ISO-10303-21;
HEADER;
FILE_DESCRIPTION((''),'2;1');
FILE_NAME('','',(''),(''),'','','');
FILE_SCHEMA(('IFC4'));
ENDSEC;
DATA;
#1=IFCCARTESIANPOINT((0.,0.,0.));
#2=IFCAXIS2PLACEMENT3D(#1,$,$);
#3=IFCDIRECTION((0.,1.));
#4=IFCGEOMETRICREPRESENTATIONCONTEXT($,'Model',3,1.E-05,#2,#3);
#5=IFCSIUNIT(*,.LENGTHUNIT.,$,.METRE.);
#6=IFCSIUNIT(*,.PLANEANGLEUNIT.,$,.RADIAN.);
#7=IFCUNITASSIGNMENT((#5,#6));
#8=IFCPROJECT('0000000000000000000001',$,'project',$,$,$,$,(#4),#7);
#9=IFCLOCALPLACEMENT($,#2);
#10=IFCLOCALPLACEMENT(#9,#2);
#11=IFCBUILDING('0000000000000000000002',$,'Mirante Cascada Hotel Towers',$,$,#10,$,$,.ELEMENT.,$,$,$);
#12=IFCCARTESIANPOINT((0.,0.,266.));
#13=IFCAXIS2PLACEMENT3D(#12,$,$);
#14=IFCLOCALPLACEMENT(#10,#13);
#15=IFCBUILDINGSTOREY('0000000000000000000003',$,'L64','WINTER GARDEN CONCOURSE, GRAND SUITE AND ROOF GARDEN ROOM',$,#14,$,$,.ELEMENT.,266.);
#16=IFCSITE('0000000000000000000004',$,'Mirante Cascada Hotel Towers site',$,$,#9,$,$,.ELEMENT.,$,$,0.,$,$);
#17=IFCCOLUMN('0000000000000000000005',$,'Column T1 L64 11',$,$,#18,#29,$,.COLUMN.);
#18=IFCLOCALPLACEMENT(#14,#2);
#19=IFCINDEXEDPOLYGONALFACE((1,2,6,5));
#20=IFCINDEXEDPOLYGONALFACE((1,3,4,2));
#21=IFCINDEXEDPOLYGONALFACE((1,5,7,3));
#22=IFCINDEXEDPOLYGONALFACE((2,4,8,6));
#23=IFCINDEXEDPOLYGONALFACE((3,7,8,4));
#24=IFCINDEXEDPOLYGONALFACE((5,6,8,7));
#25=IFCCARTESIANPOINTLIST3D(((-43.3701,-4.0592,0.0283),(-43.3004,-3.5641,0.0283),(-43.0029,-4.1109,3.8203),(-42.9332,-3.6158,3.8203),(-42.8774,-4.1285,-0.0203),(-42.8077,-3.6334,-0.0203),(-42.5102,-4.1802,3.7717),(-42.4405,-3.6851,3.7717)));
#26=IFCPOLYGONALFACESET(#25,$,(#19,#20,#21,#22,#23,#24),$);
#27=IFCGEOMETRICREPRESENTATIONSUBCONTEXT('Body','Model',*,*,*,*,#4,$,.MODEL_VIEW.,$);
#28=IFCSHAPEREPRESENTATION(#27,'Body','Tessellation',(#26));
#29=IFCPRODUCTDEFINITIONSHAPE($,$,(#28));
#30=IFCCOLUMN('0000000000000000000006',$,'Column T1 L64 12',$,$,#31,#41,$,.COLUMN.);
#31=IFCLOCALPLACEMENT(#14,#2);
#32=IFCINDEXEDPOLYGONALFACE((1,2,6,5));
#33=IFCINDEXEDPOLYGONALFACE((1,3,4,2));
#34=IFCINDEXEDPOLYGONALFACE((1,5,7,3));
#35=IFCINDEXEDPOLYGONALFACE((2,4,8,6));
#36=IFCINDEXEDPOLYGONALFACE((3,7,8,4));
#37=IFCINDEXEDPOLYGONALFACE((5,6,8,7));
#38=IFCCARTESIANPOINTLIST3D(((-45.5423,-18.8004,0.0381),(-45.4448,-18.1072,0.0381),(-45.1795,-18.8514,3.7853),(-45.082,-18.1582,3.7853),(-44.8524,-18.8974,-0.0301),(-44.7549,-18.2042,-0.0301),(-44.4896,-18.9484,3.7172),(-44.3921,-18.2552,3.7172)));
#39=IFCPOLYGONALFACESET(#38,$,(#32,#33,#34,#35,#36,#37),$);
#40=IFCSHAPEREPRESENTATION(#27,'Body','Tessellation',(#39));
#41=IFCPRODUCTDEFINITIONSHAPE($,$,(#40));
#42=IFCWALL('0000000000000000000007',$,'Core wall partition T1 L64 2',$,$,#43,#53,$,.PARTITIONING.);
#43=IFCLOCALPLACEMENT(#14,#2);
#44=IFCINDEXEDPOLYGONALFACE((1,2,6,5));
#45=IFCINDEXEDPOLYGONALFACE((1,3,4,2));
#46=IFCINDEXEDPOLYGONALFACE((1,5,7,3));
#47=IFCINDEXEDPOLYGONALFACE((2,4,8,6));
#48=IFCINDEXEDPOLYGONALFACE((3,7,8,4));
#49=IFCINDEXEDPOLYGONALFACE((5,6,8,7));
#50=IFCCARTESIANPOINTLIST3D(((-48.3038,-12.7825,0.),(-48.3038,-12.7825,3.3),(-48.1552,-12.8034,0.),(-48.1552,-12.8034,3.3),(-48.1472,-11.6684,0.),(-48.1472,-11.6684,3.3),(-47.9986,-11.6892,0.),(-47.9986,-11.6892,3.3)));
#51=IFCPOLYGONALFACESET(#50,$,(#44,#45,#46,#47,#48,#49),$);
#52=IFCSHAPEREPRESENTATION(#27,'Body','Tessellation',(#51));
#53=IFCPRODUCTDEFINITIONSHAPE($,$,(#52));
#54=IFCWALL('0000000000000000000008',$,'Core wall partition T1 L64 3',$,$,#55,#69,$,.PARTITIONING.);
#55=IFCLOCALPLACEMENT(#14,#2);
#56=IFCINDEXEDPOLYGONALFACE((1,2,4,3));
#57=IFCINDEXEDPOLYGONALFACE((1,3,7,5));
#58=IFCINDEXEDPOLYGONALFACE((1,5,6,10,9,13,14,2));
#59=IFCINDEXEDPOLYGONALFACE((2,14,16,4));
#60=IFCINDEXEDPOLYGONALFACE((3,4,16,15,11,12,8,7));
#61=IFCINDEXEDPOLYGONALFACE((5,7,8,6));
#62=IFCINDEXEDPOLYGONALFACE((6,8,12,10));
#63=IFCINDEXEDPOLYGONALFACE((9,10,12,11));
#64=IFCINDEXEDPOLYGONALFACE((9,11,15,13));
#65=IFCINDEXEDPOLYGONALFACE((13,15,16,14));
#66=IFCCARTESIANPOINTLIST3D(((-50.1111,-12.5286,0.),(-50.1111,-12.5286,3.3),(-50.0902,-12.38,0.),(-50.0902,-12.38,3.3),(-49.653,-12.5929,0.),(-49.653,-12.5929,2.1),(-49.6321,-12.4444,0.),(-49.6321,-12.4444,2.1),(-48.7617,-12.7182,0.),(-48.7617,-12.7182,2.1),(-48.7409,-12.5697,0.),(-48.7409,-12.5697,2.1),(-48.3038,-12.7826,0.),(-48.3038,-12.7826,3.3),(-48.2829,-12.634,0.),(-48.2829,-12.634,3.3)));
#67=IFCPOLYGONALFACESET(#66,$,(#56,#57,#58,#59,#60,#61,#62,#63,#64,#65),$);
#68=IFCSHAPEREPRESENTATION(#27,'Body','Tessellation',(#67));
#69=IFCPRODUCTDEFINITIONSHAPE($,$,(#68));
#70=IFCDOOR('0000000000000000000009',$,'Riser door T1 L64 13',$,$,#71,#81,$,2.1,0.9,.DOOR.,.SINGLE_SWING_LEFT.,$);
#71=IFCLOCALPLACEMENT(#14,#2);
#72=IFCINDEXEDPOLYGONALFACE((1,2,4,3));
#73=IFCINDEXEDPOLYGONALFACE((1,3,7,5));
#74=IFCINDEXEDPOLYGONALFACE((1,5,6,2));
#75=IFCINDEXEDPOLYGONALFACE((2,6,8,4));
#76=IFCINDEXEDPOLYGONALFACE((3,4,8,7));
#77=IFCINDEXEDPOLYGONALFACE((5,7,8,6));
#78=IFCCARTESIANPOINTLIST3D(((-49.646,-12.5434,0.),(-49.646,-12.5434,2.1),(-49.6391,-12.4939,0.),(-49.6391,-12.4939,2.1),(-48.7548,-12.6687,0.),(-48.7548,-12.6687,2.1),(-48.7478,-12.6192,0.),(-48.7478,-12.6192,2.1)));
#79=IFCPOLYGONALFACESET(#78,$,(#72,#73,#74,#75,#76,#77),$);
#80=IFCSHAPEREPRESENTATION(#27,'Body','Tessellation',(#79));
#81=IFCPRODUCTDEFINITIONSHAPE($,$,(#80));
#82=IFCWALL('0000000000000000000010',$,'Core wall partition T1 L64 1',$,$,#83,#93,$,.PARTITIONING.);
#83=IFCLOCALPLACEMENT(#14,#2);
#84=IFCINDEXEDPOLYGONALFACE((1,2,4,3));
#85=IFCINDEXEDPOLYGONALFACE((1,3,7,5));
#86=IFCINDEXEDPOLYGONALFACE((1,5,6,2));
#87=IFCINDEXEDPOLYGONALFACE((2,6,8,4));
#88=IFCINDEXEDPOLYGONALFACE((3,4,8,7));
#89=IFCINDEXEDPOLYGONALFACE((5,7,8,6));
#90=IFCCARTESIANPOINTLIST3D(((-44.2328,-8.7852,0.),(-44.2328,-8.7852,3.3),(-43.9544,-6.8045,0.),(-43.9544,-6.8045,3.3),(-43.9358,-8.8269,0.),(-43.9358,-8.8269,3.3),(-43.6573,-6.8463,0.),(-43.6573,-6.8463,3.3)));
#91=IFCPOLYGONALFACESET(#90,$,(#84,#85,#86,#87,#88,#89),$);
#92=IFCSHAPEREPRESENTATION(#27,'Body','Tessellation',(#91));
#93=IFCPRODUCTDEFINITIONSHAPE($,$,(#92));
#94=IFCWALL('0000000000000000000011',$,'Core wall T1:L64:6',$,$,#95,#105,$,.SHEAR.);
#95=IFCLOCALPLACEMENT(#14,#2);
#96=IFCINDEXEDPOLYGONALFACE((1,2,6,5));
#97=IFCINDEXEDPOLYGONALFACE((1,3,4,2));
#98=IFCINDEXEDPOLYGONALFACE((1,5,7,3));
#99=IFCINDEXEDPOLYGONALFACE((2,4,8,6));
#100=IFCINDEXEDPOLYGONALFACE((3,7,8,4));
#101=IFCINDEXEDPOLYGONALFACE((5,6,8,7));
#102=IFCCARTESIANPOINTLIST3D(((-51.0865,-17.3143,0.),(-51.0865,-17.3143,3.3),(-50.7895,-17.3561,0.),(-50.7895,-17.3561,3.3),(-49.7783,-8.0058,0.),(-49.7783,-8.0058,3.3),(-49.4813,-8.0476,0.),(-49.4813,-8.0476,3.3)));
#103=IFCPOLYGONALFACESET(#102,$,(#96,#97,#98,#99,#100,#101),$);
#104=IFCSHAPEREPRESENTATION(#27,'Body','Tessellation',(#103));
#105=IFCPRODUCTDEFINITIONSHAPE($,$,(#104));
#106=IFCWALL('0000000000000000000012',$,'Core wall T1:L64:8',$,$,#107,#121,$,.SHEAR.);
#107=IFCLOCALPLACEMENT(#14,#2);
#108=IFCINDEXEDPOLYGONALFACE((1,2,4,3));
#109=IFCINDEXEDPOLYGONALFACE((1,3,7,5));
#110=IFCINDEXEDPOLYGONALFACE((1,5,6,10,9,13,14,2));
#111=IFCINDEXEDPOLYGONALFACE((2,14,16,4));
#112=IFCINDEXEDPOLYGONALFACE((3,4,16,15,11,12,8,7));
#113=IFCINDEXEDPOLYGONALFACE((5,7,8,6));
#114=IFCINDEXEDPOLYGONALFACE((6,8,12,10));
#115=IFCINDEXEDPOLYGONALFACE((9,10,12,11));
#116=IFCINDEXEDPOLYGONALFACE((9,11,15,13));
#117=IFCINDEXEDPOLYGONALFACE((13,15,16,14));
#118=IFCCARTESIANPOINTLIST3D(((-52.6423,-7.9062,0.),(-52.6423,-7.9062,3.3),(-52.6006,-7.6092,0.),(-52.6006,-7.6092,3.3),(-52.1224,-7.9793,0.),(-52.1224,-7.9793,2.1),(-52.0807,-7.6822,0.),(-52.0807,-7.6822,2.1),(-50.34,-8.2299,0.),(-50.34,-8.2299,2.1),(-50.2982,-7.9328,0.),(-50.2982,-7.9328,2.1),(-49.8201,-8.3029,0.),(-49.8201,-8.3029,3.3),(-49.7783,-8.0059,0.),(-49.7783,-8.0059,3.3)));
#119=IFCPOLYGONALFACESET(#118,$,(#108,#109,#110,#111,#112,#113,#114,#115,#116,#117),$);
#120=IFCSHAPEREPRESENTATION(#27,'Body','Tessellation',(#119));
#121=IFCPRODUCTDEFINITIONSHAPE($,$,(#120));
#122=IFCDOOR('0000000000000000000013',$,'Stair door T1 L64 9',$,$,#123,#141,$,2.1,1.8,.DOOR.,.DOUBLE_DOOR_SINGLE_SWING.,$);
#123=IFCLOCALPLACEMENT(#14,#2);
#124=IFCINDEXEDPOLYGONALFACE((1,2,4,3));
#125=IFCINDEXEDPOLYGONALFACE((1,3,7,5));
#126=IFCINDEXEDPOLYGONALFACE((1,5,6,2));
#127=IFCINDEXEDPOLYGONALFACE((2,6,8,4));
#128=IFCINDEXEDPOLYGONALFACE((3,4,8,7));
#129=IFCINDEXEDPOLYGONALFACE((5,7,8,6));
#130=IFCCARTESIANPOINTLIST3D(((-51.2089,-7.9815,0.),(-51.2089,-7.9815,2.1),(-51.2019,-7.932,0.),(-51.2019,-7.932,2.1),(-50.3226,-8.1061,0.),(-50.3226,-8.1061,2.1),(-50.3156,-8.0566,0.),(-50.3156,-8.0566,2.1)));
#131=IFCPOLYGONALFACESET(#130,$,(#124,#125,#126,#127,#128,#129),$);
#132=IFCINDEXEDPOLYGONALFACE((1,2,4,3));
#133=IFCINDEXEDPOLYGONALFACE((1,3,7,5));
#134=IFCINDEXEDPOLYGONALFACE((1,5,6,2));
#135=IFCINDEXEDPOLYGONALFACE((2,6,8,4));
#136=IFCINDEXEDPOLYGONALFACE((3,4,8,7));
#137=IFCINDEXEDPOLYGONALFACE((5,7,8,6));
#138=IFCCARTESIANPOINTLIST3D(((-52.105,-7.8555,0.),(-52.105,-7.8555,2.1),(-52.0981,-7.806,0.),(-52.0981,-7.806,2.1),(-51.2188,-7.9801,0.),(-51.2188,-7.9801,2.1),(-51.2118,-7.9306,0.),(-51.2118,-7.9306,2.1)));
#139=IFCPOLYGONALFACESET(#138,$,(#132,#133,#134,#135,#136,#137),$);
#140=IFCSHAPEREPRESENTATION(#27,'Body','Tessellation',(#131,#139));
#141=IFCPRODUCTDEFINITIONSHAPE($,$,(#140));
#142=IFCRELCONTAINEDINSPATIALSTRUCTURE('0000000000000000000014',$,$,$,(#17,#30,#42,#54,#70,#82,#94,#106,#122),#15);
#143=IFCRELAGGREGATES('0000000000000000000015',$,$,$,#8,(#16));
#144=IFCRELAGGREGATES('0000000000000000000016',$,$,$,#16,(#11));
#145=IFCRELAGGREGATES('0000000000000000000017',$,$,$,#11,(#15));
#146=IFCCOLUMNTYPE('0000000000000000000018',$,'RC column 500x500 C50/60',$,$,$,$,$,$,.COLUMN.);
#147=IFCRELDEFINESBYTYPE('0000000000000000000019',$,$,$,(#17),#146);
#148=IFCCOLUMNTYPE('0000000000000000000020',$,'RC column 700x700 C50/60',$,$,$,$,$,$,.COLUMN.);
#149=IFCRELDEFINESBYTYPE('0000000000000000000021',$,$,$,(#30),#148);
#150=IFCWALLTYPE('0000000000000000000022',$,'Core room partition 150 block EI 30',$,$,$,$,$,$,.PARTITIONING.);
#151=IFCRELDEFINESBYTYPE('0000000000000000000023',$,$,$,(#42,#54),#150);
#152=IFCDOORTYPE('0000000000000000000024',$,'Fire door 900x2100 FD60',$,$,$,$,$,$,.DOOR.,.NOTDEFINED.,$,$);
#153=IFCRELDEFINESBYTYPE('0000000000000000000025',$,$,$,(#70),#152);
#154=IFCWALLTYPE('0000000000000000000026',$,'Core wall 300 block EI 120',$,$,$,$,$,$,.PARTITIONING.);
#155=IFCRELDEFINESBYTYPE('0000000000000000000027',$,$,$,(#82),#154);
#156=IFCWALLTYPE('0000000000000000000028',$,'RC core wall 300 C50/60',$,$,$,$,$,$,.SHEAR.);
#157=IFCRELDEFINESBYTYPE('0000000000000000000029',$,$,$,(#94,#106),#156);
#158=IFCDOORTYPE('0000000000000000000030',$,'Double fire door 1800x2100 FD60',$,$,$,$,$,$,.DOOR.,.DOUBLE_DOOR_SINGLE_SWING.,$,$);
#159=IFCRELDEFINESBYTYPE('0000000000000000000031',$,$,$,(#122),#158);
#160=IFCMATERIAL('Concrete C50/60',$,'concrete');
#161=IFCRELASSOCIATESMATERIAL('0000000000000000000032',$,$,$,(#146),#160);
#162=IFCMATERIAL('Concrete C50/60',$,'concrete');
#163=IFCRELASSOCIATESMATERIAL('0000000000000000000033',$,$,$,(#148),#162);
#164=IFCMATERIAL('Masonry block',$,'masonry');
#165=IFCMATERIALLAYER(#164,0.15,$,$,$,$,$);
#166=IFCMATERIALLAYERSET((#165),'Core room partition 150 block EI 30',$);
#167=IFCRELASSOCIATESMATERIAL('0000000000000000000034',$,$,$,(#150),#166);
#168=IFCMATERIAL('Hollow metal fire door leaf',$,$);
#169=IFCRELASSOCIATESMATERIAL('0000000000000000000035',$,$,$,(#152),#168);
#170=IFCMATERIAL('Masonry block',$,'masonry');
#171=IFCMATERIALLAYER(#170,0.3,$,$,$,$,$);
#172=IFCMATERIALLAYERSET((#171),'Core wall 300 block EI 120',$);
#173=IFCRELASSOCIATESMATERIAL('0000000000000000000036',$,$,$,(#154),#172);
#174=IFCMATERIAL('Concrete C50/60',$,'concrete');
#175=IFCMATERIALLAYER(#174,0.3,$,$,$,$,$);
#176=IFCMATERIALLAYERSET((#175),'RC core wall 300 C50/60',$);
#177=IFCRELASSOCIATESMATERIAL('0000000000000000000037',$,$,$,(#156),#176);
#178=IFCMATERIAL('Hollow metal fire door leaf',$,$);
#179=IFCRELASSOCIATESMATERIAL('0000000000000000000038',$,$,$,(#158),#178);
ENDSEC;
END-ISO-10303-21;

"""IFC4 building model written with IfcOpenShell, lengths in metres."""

from ifc_helpers import new_model, si_unit, direction, frame, frame_2d, origin, origin_2d, place, context, subcontext, project, spatial, rectangle, extrude, material, layer, layer_set, material_profile, profile_set, type_object, element, fill, save


model = new_model("IFC4")

# Units and contexts
model_context = context("Model", 3, precision=1e-05, world=origin(), true_north=direction((0.0, 1.0)))
body_context = subcontext(model_context, "Body", "Model", "MODEL_VIEW")
ifc_project = project(units=[si_unit("LENGTHUNIT", "METRE"), si_unit("PLANEANGLEUNIT", "RADIAN")], contexts=[model_context])

# Site, building, storey
site_placement = place(None, origin())
site = spatial("IfcSite", under=ifc_project, at=site_placement, Name="Mirante Cascada Hotel Towers site", CompositionType="ELEMENT", RefElevation=0.0)
building_placement = place(site_placement, origin())
building = spatial("IfcBuilding", under=site, at=building_placement, Name="Mirante Cascada Hotel Towers", CompositionType="ELEMENT")
storey_placement = place(building_placement, frame((0.0, 0.0, 266.0)))
storey = spatial("IfcBuildingStorey", under=building, at=storey_placement, Name="L64", Description="WINTER GARDEN CONCOURSE, GRAND SUITE AND ROOF GARDEN ROOM", CompositionType="ELEMENT", Elevation=266.0)

# Columns
ifc_material_1 = material(Name="Concrete C50/60", Category="concrete")
ifc_material_profile_1 = material_profile(ifc_material_1, rectangle(XDim=0.5, YDim=0.5, at=origin_2d()), Name="RC column 500x500 C50/60")
ifc_profile_set_1 = profile_set([ifc_material_profile_1], Name="Concrete C50/60")
column_type_1 = type_object("IfcColumnType", Name="RC column 500x500 C50/60", PredefinedType="COLUMN", material=ifc_profile_set_1)
column_1_placement = place(storey_placement, frame((-43.0889, -3.8463, 0.004), z_axis=(0.096376, -0.013569, 0.995252), x_axis=(0.13942, 0.990233, 0.0)))
element("IfcColumn", 1, at=column_1_placement, inside=storey, type_object=column_type_1, Name="Column T1 L64 11", PredefinedType="COLUMN", context=body_context, shape_type="SweptSolid", body=[
    extrude(rectangle(XDim=0.5, YDim=0.5, at=origin_2d()), origin(), (0.0, 0.0, 1.0), 3.8101),
])
ifc_material_2 = material(Name="Concrete C50/60", Category="concrete")
ifc_material_profile_2 = material_profile(ifc_material_2, rectangle(XDim=0.7, YDim=0.7, at=origin_2d()), Name="RC column 700x700 C50/60")
ifc_profile_set_2 = profile_set([ifc_material_profile_2], Name="Concrete C50/60")
column_type_2 = type_object("IfcColumnType", Name="RC column 700x700 C50/60", PredefinedType="COLUMN", material=ifc_profile_set_2)
column_2_placement = place(storey_placement, frame((-45.1486, -18.5023, 0.004), z_axis=(0.09636, -0.013546, 0.995254), x_axis=(0.139205, 0.990264, 0.0)))
element("IfcColumn", 2, at=column_2_placement, inside=storey, type_object=column_type_2, Name="Column T1 L64 12", PredefinedType="COLUMN", context=body_context, shape_type="SweptSolid", body=[
    extrude(rectangle(XDim=0.7, YDim=0.7, at=origin_2d()), origin(), (0.0, 0.0, 1.0), 3.7651),
])

# Wall
ifc_material_3 = material(Name="Masonry block", Category="masonry")
ifc_layer_1 = layer(ifc_material_3, 0.15)
ifc_layer_set_1 = layer_set([ifc_layer_1], Name="Core room partition 150 block EI 30")
wall_type_1 = type_object("IfcWallType", Name="Core room partition 150 block EI 30", PredefinedType="PARTITIONING", material=ifc_layer_set_1)
wall_1_placement = place(storey_placement, frame((-48.2295, -12.793, 0.0), z_axis=(0.0, 0.0, 1.0), x_axis=(0.139193, 0.990265, 0.0)))
element("IfcWall", 3, at=wall_1_placement, inside=storey, type_object=wall_type_1, Name="Core wall partition T1 L64 2", PredefinedType="PARTITIONING", context=body_context, shape_type="SweptSolid", body=[
    extrude(rectangle(XDim=1.1251, YDim=0.15, at=frame_2d((0.5626, 0.0))), origin(), (0.0, 0.0, 1.0), 3.3),
])

# Wall, opening, door
wall_2_placement = place(storey_placement, frame((-48.2933, -12.7083, 0.0), z_axis=(0.0, 0.0, 1.0), x_axis=(-0.990268, 0.139173, 0.0)))
wall_2 = element("IfcWall", 4, at=wall_2_placement, inside=storey, type_object=wall_type_1, Name="Core wall partition T1 L64 3", PredefinedType="PARTITIONING", context=body_context, shape_type="SweptSolid", body=[
    extrude(rectangle(XDim=1.8251, YDim=0.15, at=frame_2d((0.9126, 0.0))), origin(), (0.0, 0.0, 1.0), 3.3),
])
opening_1_placement = place(wall_2_placement, frame((0.4625, 0.0, 0.0)))
opening_1 = element("IfcOpeningElement", 5, at=opening_1_placement, cuts=wall_2, PredefinedType="OPENING", context=body_context, shape_type="SweptSolid", body=[
    extrude(rectangle(XDim=0.9, YDim=2.1, at=frame_2d((0.45, 1.05))), frame((0.0, 0.075, 0.0), z_axis=(0.0, -1.0, 0.0), x_axis=(1.0, 0.0, 0.0)), (0.0, 0.0, 1.0), 0.15),
])
ifc_material_4 = material(Name="Hollow metal fire door leaf")
door_type_1 = type_object("IfcDoorType", Name="Fire door 900x2100 FD60", OperationType="NOTDEFINED", PredefinedType="DOOR", material=ifc_material_4)
door_1_placement = place(opening_1_placement, origin())
door_1 = element("IfcDoor", 6, at=door_1_placement, inside=storey, type_object=door_type_1, Name="Riser door T1 L64 13", OperationType="SINGLE_SWING_LEFT", OverallHeight=2.1, OverallWidth=0.9, PredefinedType="DOOR", context=body_context, shape_type="SweptSolid", body=[
    extrude(rectangle(XDim=0.9, YDim=2.1, at=frame_2d((0.45, 1.05))), frame((0.0, 0.025, 0.0), z_axis=(0.0, -1.0, 0.0), x_axis=(1.0, 0.0, 0.0)), (0.0, 0.0, 1.0), 0.05),
])
fill(opening_1, door_1)

# Walls
ifc_material_5 = material(Name="Masonry block", Category="masonry")
ifc_layer_2 = layer(ifc_material_5, 0.3)
ifc_layer_set_2 = layer_set([ifc_layer_2], Name="Core wall 300 block EI 120")
wall_type_2 = type_object("IfcWallType", Name="Core wall 300 block EI 120", PredefinedType="PARTITIONING", material=ifc_layer_set_2)
wall_3_placement = place(storey_placement, frame((-44.0843, -8.8061, 0.0), z_axis=(0.0, 0.0, 1.0), x_axis=(0.139195, 0.990265, 0.0)))
element("IfcWall", 7, at=wall_3_placement, inside=storey, type_object=wall_type_2, Name="Core wall partition T1 L64 1", PredefinedType="PARTITIONING", context=body_context, shape_type="SweptSolid", body=[
    extrude(rectangle(XDim=2.0001, YDim=0.3, at=frame_2d((1.0001, 0.0))), origin(), (0.0, 0.0, 1.0), 3.3),
])
ifc_material_6 = material(Name="Concrete C50/60", Category="concrete")
ifc_layer_3 = layer(ifc_material_6, 0.3)
ifc_layer_set_3 = layer_set([ifc_layer_3], Name="RC core wall 300 C50/60")
wall_type_3 = type_object("IfcWallType", Name="RC core wall 300 C50/60", PredefinedType="SHEAR", material=ifc_layer_set_3)
wall_4_placement = place(storey_placement, frame((-50.938, -17.3352, 0.0), z_axis=(0.0, 0.0, 1.0), x_axis=(0.139171, 0.990268, 0.0)))
element("IfcWall", 8, at=wall_4_placement, inside=storey, type_object=wall_type_3, Name="Core wall T1:L64:6", PredefinedType="SHEAR", context=body_context, shape_type="SweptSolid", body=[
    extrude(rectangle(XDim=9.4, YDim=0.3, at=frame_2d((4.7, 0.0))), origin(), (0.0, 0.0, 1.0), 3.3),
])

# Wall, opening, door
wall_5_placement = place(storey_placement, frame((-49.7992, -8.1544, 0.0), z_axis=(0.0, 0.0, 1.0), x_axis=(-0.990266, 0.139191, 0.0)))
wall_5 = element("IfcWall", 9, at=wall_5_placement, inside=storey, type_object=wall_type_3, Name="Core wall T1:L64:8", PredefinedType="SHEAR", context=body_context, shape_type="SweptSolid", body=[
    extrude(rectangle(XDim=2.85, YDim=0.3, at=frame_2d((1.425, 0.0))), origin(), (0.0, 0.0, 1.0), 3.3),
])
opening_2_placement = place(wall_5_placement, frame((0.525, 0.0, 0.0)))
opening_2 = element("IfcOpeningElement", 10, at=opening_2_placement, cuts=wall_5, PredefinedType="OPENING", context=body_context, shape_type="SweptSolid", body=[
    extrude(rectangle(XDim=1.8, YDim=2.1, at=frame_2d((0.9, 1.05))), frame((0.0, 0.15, 0.0), z_axis=(0.0, -1.0, 0.0), x_axis=(1.0, 0.0, 0.0)), (0.0, 0.0, 1.0), 0.3),
])
ifc_material_7 = material(Name="Hollow metal fire door leaf")
door_type_2 = type_object("IfcDoorType", Name="Double fire door 1800x2100 FD60", OperationType="DOUBLE_DOOR_SINGLE_SWING", PredefinedType="DOOR", material=ifc_material_7)
door_2_placement = place(opening_2_placement, origin())
door_2 = element("IfcDoor", 11, at=door_2_placement, inside=storey, type_object=door_type_2, Name="Stair door T1 L64 9", OperationType="DOUBLE_DOOR_SINGLE_SWING", OverallHeight=2.1, OverallWidth=1.8, PredefinedType="DOOR", context=body_context, shape_type="SweptSolid", body=[
    extrude(rectangle(XDim=0.895, YDim=2.1, at=frame_2d((0.4475, 1.05))), frame((0.0, 0.025, 0.0), z_axis=(0.0, -1.0, 0.0), x_axis=(1.0, 0.0, 0.0)), (0.0, 0.0, 1.0), 0.05),
    extrude(rectangle(XDim=0.895, YDim=2.1, at=frame_2d((1.3525, 1.05))), frame((0.0, 0.025, 0.0), z_axis=(0.0, -1.0, 0.0), x_axis=(1.0, 0.0, 0.0)), (0.0, 0.0, 1.0), 0.05),
])
fill(opening_2, door_2)

save(model, "model.ifc")
